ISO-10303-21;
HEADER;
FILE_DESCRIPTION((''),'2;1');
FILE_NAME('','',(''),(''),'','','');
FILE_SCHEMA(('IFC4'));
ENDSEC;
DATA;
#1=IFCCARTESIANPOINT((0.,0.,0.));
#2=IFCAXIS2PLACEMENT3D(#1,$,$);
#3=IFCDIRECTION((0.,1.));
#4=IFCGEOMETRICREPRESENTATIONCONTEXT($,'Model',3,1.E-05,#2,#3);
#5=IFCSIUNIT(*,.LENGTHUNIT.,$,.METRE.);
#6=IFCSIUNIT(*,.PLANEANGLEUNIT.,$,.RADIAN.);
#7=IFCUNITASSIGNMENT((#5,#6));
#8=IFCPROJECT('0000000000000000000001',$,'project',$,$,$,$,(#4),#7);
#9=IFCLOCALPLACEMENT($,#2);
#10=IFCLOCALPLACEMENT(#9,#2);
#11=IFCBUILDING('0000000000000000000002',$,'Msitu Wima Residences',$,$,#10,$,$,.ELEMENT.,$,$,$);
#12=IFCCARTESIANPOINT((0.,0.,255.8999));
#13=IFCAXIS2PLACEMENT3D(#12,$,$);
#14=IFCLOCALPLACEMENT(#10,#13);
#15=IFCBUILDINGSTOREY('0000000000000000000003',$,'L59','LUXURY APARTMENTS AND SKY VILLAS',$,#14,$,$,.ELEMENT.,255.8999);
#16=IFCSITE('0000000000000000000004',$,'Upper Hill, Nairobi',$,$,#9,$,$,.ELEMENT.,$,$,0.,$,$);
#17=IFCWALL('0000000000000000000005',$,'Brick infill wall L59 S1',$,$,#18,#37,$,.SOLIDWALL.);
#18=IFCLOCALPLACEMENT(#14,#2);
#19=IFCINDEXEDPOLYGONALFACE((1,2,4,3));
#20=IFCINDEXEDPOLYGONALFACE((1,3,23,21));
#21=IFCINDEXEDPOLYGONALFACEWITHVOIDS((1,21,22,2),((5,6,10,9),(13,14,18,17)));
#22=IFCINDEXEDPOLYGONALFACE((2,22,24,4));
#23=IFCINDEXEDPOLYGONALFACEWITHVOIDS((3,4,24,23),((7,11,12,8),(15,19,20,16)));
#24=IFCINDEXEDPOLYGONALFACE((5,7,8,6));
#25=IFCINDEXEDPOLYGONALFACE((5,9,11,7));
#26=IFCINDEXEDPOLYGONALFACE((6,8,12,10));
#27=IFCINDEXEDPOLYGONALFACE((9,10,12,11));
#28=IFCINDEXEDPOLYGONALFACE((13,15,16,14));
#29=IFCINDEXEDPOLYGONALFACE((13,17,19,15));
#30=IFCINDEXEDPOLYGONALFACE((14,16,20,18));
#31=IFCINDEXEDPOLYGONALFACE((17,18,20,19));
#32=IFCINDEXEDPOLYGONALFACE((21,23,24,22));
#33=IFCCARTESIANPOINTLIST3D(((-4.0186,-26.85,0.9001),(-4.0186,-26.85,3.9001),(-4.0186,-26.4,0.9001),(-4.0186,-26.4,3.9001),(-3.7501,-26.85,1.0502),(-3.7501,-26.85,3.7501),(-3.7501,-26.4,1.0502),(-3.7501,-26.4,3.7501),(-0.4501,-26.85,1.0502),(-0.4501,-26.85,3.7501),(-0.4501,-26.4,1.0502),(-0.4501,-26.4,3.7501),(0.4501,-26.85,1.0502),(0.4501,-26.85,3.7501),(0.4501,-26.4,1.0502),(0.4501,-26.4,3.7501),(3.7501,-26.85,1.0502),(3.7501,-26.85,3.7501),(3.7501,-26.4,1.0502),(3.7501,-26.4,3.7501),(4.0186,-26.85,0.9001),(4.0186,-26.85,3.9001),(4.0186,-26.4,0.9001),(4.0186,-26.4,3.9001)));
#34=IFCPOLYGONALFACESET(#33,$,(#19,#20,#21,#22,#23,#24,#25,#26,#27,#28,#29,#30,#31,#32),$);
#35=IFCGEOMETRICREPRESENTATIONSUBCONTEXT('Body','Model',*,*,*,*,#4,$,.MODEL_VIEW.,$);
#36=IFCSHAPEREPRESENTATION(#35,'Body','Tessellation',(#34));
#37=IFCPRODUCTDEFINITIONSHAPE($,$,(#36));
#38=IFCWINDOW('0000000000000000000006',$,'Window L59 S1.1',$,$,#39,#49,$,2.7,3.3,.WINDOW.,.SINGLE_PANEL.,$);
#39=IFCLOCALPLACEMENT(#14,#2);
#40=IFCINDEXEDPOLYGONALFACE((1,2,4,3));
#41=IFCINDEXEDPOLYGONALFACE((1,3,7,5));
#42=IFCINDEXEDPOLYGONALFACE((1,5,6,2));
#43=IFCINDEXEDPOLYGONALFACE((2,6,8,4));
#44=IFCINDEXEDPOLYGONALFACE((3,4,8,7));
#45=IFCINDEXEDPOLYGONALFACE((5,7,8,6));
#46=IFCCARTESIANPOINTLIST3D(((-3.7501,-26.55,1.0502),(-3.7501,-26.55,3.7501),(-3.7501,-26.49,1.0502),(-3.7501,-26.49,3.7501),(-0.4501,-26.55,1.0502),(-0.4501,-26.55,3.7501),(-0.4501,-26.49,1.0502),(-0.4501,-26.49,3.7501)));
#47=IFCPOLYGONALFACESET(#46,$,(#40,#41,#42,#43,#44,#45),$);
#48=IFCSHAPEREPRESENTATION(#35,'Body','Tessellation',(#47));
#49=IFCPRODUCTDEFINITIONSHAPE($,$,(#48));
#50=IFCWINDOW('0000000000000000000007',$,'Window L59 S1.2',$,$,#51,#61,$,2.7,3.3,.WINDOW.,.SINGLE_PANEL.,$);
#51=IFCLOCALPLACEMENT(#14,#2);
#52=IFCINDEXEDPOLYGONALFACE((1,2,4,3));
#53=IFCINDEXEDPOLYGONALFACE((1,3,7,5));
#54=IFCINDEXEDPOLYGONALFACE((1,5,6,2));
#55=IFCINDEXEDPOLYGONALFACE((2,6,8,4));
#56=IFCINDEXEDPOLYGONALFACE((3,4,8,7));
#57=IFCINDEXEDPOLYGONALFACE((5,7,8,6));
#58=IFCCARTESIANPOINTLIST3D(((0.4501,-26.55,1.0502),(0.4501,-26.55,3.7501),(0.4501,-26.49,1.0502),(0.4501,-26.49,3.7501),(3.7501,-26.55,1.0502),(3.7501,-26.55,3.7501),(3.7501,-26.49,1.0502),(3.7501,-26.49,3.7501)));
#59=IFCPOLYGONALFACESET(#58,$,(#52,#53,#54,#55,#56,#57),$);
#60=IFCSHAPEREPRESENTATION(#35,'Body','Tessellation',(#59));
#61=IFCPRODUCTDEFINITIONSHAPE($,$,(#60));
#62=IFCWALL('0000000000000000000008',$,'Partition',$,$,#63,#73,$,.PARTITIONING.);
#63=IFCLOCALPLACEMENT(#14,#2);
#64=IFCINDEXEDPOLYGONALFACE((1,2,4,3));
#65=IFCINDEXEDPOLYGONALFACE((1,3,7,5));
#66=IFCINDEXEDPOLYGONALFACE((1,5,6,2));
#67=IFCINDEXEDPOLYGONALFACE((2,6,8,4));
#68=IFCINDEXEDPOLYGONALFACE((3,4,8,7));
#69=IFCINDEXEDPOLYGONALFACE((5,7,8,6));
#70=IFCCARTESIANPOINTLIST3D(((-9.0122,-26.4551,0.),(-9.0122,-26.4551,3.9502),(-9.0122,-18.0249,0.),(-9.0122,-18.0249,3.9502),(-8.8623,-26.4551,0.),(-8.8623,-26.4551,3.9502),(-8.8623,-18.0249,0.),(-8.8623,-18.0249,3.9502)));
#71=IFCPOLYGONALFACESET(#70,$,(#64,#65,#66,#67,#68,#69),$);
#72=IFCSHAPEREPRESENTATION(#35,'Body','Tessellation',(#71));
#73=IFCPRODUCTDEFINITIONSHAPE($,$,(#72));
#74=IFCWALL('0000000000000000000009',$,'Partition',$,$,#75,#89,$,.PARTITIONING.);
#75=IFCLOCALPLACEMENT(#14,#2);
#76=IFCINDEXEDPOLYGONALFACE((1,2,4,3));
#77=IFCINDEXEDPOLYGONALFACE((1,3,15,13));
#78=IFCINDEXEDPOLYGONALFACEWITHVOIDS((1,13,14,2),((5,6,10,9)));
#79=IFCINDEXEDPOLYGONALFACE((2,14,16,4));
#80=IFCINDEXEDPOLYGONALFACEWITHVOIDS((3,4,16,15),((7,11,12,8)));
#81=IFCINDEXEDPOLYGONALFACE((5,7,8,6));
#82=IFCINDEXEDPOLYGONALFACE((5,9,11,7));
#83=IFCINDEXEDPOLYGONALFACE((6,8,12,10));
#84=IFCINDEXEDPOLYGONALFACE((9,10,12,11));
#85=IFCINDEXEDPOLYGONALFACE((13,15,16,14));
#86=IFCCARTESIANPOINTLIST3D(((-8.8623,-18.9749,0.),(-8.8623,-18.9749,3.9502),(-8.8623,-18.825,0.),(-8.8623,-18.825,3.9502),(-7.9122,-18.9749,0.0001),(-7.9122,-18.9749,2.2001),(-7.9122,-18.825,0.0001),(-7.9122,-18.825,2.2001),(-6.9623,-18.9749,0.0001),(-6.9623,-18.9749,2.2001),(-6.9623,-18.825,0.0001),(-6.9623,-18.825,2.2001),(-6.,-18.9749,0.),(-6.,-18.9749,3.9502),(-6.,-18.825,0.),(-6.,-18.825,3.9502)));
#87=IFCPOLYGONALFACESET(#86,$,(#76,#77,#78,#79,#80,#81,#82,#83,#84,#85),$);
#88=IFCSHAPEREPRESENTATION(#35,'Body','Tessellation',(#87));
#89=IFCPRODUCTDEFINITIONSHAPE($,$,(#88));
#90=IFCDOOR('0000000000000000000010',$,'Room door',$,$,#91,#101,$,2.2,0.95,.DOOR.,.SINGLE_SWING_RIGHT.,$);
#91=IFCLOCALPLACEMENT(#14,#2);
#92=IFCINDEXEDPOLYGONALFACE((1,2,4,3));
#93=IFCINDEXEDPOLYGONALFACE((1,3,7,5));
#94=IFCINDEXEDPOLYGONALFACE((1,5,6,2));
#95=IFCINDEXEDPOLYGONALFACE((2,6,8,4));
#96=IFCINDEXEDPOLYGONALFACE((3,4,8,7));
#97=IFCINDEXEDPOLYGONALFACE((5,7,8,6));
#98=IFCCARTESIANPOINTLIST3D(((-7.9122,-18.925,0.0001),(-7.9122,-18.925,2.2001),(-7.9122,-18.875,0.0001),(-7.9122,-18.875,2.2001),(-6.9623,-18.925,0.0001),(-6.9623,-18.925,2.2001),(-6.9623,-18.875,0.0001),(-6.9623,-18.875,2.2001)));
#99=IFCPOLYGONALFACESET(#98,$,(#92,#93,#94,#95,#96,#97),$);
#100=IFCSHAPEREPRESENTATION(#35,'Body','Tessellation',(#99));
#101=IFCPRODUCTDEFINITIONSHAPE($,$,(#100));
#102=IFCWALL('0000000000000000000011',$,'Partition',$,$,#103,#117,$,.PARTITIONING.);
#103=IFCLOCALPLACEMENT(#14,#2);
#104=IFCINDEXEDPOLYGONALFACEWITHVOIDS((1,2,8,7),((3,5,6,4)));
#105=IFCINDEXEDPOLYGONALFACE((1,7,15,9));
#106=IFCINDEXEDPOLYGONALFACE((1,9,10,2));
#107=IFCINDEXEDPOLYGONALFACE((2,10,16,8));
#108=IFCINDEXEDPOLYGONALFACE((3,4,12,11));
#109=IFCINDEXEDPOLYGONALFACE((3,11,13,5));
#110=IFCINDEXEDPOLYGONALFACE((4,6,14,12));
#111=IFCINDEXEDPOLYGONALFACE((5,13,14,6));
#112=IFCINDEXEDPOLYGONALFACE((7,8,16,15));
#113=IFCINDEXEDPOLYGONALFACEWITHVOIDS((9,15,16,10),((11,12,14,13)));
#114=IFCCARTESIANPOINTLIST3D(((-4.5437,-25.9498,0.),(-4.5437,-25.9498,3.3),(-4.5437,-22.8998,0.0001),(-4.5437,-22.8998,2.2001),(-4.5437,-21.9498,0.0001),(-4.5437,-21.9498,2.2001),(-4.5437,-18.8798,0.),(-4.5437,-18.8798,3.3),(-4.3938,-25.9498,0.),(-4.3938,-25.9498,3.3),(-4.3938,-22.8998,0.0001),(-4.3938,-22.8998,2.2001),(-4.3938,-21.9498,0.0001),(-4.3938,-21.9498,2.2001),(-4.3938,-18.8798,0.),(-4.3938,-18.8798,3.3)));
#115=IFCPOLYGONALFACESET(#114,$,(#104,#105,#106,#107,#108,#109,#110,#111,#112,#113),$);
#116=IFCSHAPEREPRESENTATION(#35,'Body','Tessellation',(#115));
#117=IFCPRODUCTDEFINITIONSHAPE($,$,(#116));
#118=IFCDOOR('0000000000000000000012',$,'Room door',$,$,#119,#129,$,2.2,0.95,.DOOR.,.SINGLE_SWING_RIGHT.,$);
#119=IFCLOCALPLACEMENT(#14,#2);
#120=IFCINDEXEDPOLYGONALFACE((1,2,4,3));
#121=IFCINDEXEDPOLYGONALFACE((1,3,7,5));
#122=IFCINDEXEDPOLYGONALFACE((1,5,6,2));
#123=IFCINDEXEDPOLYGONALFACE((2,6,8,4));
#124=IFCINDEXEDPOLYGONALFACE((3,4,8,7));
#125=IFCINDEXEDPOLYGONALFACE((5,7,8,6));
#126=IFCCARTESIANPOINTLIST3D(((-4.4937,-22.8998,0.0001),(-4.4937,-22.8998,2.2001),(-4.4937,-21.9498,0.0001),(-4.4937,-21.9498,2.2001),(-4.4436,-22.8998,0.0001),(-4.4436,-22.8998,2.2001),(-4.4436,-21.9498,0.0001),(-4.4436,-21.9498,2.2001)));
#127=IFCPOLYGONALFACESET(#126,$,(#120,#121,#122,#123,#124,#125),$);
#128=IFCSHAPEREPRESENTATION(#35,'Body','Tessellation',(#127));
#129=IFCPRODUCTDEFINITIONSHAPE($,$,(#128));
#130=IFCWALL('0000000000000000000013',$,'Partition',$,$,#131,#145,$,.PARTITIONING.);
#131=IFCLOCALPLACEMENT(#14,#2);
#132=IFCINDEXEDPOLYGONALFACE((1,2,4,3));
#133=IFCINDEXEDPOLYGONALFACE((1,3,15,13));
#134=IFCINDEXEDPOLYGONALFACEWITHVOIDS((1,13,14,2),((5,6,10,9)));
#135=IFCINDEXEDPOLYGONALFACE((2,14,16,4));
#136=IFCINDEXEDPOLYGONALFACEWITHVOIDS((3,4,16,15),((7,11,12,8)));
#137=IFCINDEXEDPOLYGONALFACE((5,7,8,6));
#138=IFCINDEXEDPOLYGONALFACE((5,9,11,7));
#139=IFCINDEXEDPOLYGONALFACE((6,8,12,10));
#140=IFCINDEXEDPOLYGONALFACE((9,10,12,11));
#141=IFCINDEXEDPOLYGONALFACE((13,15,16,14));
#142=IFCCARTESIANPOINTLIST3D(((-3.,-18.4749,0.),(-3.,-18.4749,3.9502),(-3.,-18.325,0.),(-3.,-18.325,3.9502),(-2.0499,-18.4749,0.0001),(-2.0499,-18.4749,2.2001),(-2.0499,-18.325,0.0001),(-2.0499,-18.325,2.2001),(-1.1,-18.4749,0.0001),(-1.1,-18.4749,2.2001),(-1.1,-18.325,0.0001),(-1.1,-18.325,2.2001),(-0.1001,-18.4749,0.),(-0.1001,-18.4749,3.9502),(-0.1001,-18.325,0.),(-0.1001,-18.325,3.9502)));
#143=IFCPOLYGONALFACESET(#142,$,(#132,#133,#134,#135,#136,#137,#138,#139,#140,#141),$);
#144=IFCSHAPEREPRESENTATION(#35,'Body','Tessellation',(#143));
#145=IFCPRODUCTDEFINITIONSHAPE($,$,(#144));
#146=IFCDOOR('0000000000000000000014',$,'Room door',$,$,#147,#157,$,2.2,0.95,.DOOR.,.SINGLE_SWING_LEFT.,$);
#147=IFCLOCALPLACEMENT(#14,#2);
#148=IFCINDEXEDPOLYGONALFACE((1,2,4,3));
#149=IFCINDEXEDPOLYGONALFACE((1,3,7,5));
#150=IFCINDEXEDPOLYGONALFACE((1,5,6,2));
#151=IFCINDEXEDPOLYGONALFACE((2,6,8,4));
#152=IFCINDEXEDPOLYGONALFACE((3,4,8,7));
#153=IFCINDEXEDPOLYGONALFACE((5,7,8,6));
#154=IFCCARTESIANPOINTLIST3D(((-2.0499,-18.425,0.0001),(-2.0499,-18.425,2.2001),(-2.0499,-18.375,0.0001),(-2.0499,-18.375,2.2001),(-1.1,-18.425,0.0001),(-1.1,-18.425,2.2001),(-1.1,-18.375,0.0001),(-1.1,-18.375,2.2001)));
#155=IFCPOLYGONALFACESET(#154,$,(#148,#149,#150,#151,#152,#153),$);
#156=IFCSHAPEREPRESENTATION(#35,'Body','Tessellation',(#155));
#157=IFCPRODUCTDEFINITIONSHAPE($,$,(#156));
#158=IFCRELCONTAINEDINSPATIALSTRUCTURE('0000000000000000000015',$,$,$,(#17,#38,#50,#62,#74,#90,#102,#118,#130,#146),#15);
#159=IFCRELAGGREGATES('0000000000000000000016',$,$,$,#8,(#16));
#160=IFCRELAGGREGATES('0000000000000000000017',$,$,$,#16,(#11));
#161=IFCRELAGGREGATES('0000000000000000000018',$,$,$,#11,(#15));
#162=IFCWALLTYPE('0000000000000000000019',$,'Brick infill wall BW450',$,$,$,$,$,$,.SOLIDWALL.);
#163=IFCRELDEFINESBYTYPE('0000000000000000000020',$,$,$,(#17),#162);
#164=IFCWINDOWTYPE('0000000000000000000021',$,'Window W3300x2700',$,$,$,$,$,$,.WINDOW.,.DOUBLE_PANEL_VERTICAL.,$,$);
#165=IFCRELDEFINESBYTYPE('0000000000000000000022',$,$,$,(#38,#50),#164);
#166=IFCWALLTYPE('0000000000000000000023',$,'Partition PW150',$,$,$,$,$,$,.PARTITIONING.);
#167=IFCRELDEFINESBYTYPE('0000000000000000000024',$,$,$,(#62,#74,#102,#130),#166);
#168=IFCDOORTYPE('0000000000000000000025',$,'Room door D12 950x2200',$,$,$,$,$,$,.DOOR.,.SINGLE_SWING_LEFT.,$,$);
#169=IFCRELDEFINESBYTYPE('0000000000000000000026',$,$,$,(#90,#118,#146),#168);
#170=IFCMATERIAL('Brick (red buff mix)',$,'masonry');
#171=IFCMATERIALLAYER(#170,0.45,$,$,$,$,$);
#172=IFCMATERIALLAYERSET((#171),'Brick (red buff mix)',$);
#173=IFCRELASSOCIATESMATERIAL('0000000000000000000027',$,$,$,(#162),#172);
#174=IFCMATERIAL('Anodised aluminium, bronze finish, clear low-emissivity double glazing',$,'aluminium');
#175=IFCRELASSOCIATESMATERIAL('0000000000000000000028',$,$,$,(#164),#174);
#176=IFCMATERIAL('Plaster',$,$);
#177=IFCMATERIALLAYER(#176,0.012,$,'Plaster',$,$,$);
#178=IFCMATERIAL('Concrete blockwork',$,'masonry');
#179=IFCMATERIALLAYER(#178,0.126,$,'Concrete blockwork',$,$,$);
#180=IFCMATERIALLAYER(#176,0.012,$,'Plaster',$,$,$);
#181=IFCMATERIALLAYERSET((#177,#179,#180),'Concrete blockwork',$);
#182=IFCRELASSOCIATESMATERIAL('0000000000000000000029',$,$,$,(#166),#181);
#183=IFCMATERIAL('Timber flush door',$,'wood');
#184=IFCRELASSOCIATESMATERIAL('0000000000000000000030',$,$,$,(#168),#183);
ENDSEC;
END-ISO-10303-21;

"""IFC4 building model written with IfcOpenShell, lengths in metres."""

from ifc_helpers import new_model, si_unit, direction, frame, frame_2d, origin, place, context, subcontext, project, spatial, rectangle, extrude, material, layer, layer_set, type_object, element, fill, save


model = new_model("IFC4")

# Units and contexts
model_context = context("Model", 3, precision=1e-05, world=origin(), true_north=direction((0.0, 1.0)))
body_context = subcontext(model_context, "Body", "Model", "MODEL_VIEW")
ifc_project = project(units=[si_unit("LENGTHUNIT", "METRE"), si_unit("PLANEANGLEUNIT", "RADIAN")], contexts=[model_context])

# Site, building, storey
site_placement = place(None, origin())
site = spatial("IfcSite", under=ifc_project, at=site_placement, Name="Upper Hill, Nairobi", CompositionType="ELEMENT", RefElevation=0.0)
building_placement = place(site_placement, origin())
building = spatial("IfcBuilding", under=site, at=building_placement, Name="Msitu Wima Residences", CompositionType="ELEMENT")
storey_placement = place(building_placement, frame((0.0, 0.0, 255.8999)))
storey = spatial("IfcBuildingStorey", under=building, at=storey_placement, Name="L59", Description="LUXURY APARTMENTS AND SKY VILLAS", CompositionType="ELEMENT", Elevation=255.8999)

# Shared definitions
ifc_material_1 = material(Name="Brick (red buff mix)", Category="masonry")
ifc_layer_1 = layer(ifc_material_1, 0.45)
ifc_layer_set_1 = layer_set([ifc_layer_1], Name="Brick (red buff mix)")
wall_type_1 = type_object("IfcWallType", Name="Brick infill wall BW450", PredefinedType="SOLIDWALL", material=ifc_layer_set_1)
ifc_material_2 = material(Name="Anodised aluminium, bronze finish, clear low-emissivity double glazing", Category="aluminium")
window_type = type_object("IfcWindowType", Name="Window W3300x2700", PartitioningType="DOUBLE_PANEL_VERTICAL", PredefinedType="WINDOW", material=ifc_material_2)

# Wall, openings, windows
wall_1_placement = place(storey_placement, frame((-4.0186, -26.625, 0.9001), z_axis=(0.0, 0.0, 1.0), x_axis=(1.0, 0.0, 0.0)))
wall_1 = element("IfcWall", 1, at=wall_1_placement, inside=storey, type_object=wall_type_1, Name="Brick infill wall L59 S1", PredefinedType="SOLIDWALL", context=body_context, shape_type="SweptSolid", body=[
    extrude(rectangle(XDim=8.0371, YDim=0.45, at=frame_2d((4.0186, 0.0))), origin(), (0.0, 0.0, 1.0), 3.0),
])
opening_1_placement = place(wall_1_placement, frame((0.2686, 0.0, 0.1499)))
opening_1 = element("IfcOpeningElement", 2, at=opening_1_placement, cuts=wall_1, PredefinedType="OPENING", context=body_context, shape_type="SweptSolid", body=[
    extrude(rectangle(XDim=3.3, YDim=2.7, at=frame_2d((1.6499, 1.3501))), frame((0.0, 0.2349, 0.0), z_axis=(0.0, -1.0, 0.0), x_axis=(1.0, 0.0, 0.0)), (0.0, 0.0, 1.0), 0.47),
])
opening_2_placement = place(wall_1_placement, frame((4.4688, 0.0, 0.1499)))
opening_2 = element("IfcOpeningElement", 3, at=opening_2_placement, cuts=wall_1, PredefinedType="OPENING", context=body_context, shape_type="SweptSolid", body=[
    extrude(rectangle(XDim=3.3, YDim=2.7, at=frame_2d((1.6499, 1.3501))), frame((0.0, 0.2349, 0.0), z_axis=(0.0, -1.0, 0.0), x_axis=(1.0, 0.0, 0.0)), (0.0, 0.0, 1.0), 0.47),
])
window_1_placement = place(opening_1_placement, origin())
window_1 = element("IfcWindow", 4, at=window_1_placement, inside=storey, type_object=window_type, Name="Window L59 S1.1", OverallHeight=2.7, OverallWidth=3.3, PartitioningType="SINGLE_PANEL", PredefinedType="WINDOW", context=body_context, shape_type="SweptSolid", body=[
    extrude(rectangle(XDim=3.3, YDim=2.7, at=frame_2d((1.6499, 1.3501))), frame((0.0, 0.135, 0.0), z_axis=(0.0, -1.0, 0.0), x_axis=(1.0, 0.0, 0.0)), (0.0, 0.0, 1.0), 0.0601),
])
fill(opening_1, window_1)
window_2_placement = place(opening_2_placement, origin())
window_2 = element("IfcWindow", 5, at=window_2_placement, inside=storey, type_object=window_type, Name="Window L59 S1.2", OverallHeight=2.7, OverallWidth=3.3, PartitioningType="SINGLE_PANEL", PredefinedType="WINDOW", context=body_context, shape_type="SweptSolid", body=[
    extrude(rectangle(XDim=3.3, YDim=2.7, at=frame_2d((1.6499, 1.3501))), frame((0.0, 0.135, 0.0), z_axis=(0.0, -1.0, 0.0), x_axis=(1.0, 0.0, 0.0)), (0.0, 0.0, 1.0), 0.0601),
])
fill(opening_2, window_2)

# Wall
ifc_material_3 = material(Name="Plaster")
ifc_layer_2 = layer(ifc_material_3, 0.012, Name="Plaster")
ifc_material_4 = material(Name="Concrete blockwork", Category="masonry")
ifc_layer_3 = layer(ifc_material_4, 0.126, Name="Concrete blockwork")
ifc_layer_4 = layer(ifc_material_3, 0.012, Name="Plaster")
ifc_layer_set_2 = layer_set([ifc_layer_2, ifc_layer_3, ifc_layer_4], Name="Concrete blockwork")
wall_type_2 = type_object("IfcWallType", Name="Partition PW150", PredefinedType="PARTITIONING", material=ifc_layer_set_2)
wall_2_placement = place(storey_placement, frame((-8.9373, -26.4551, 0.0), z_axis=(0.0, 0.0, 1.0), x_axis=(0.0, 1.0, 0.0)))
element("IfcWall", 6, at=wall_2_placement, inside=storey, type_object=wall_type_2, Name="Partition", PredefinedType="PARTITIONING", context=body_context, shape_type="SweptSolid", body=[
    extrude(rectangle(XDim=8.4302, YDim=0.1499, at=frame_2d((4.2151, 0.0))), origin(), (0.0, 0.0, 1.0), 3.9502),
])

# Walls, openings, doors
wall_3_placement = place(storey_placement, frame((-8.8623, -18.8999, 0.0), z_axis=(0.0, 0.0, 1.0), x_axis=(1.0, 0.0, 0.0)))
wall_3 = element("IfcWall", 7, at=wall_3_placement, inside=storey, type_object=wall_type_2, Name="Partition", PredefinedType="PARTITIONING", context=body_context, shape_type="SweptSolid", body=[
    extrude(rectangle(XDim=2.8623, YDim=0.1499, at=frame_2d((1.4312, 0.0))), origin(), (0.0, 0.0, 1.0), 3.9502),
])
opening_3_placement = place(wall_3_placement, frame((0.95, 0.0, 0.0)))
opening_3 = element("IfcOpeningElement", 8, at=opening_3_placement, cuts=wall_3, PredefinedType="OPENING", context=body_context, shape_type="SweptSolid", body=[
    extrude(rectangle(XDim=0.95, YDim=2.2, at=frame_2d((0.4751, 1.1001))), frame((0.0, 0.085, 0.0), z_axis=(0.0, -1.0, 0.0), x_axis=(1.0, 0.0, 0.0)), (0.0, 0.0, 1.0), 0.1699),
])
ifc_material_5 = material(Name="Timber flush door", Category="wood")
door_type_1 = type_object("IfcDoorType", Name="Room door D12 950x2200", OperationType="SINGLE_SWING_LEFT", PredefinedType="DOOR", material=ifc_material_5)
door_1_placement = place(opening_3_placement, origin())
door_1 = element("IfcDoor", 9, at=door_1_placement, inside=storey, type_object=door_type_1, Name="Room door", OperationType="SINGLE_SWING_RIGHT", OverallHeight=2.2, OverallWidth=0.95, PredefinedType="DOOR", context=body_context, shape_type="SweptSolid", body=[
    extrude(rectangle(XDim=0.95, YDim=2.2, at=frame_2d((0.4751, 1.1001))), frame((0.0, 0.0249, 0.0), z_axis=(0.0, -1.0, 0.0), x_axis=(1.0, 0.0, 0.0)), (0.0, 0.0, 1.0), 0.05),
])
fill(opening_3, door_1)
wall_4_placement = place(storey_placement, frame((-4.4688, -25.95, 0.0), z_axis=(0.0, 0.0, 1.0), x_axis=(0.0, 1.0, 0.0)))
wall_4 = element("IfcWall", 10, at=wall_4_placement, inside=storey, type_object=wall_type_2, Name="Partition", PredefinedType="PARTITIONING", context=body_context, shape_type="SweptSolid", body=[
    extrude(rectangle(XDim=7.0701, YDim=0.1499, at=frame_2d((3.5352, 0.0))), origin(), (0.0, 0.0, 1.0), 3.3),
])
opening_4_placement = place(wall_4_placement, frame((3.05, 0.0, 0.0)))
opening_4 = element("IfcOpeningElement", 11, at=opening_4_placement, cuts=wall_4, PredefinedType="OPENING", context=body_context, shape_type="SweptSolid", body=[
    extrude(rectangle(XDim=0.95, YDim=2.2, at=frame_2d((0.4751, 1.1001))), frame((0.0, 0.085, 0.0), z_axis=(0.0, -1.0, 0.0), x_axis=(1.0, 0.0, 0.0)), (0.0, 0.0, 1.0), 0.1699),
])
door_2_placement = place(opening_4_placement, origin())
door_2 = element("IfcDoor", 12, at=door_2_placement, inside=storey, type_object=door_type_1, Name="Room door", OperationType="SINGLE_SWING_RIGHT", OverallHeight=2.2, OverallWidth=0.95, PredefinedType="DOOR", context=body_context, shape_type="SweptSolid", body=[
    extrude(rectangle(XDim=0.95, YDim=2.2, at=frame_2d((0.4751, 1.1001))), frame((0.0, 0.0249, 0.0), z_axis=(0.0, -1.0, 0.0), x_axis=(1.0, 0.0, 0.0)), (0.0, 0.0, 1.0), 0.05),
])
fill(opening_4, door_2)
wall_5_placement = place(storey_placement, frame((-3.0, -18.3999, 0.0), z_axis=(0.0, 0.0, 1.0), x_axis=(1.0, 0.0, 0.0)))
wall_5 = element("IfcWall", 13, at=wall_5_placement, inside=storey, type_object=wall_type_2, Name="Partition", PredefinedType="PARTITIONING", context=body_context, shape_type="SweptSolid", body=[
    extrude(rectangle(XDim=2.8999, YDim=0.1499, at=frame_2d((1.45, 0.0))), origin(), (0.0, 0.0, 1.0), 3.9502),
])
opening_5_placement = place(wall_5_placement, frame((0.95, 0.0, 0.0)))
opening_5 = element("IfcOpeningElement", 14, at=opening_5_placement, cuts=wall_5, PredefinedType="OPENING", context=body_context, shape_type="SweptSolid", body=[
    extrude(rectangle(XDim=0.95, YDim=2.2, at=frame_2d((0.4751, 1.1001))), frame((0.0, 0.085, 0.0), z_axis=(0.0, -1.0, 0.0), x_axis=(1.0, 0.0, 0.0)), (0.0, 0.0, 1.0), 0.1699),
])
door_3_placement = place(opening_5_placement, origin())
door_3 = element("IfcDoor", 15, at=door_3_placement, inside=storey, type_object=door_type_1, Name="Room door", OperationType="SINGLE_SWING_LEFT", OverallHeight=2.2, OverallWidth=0.95, PredefinedType="DOOR", context=body_context, shape_type="SweptSolid", body=[
    extrude(rectangle(XDim=0.95, YDim=2.2, at=frame_2d((0.4751, 1.1001))), frame((0.0, 0.0249, 0.0), z_axis=(0.0, -1.0, 0.0), x_axis=(1.0, 0.0, 0.0)), (0.0, 0.0, 1.0), 0.05),
])
fill(opening_5, door_3)

save(model, "model.ifc")
